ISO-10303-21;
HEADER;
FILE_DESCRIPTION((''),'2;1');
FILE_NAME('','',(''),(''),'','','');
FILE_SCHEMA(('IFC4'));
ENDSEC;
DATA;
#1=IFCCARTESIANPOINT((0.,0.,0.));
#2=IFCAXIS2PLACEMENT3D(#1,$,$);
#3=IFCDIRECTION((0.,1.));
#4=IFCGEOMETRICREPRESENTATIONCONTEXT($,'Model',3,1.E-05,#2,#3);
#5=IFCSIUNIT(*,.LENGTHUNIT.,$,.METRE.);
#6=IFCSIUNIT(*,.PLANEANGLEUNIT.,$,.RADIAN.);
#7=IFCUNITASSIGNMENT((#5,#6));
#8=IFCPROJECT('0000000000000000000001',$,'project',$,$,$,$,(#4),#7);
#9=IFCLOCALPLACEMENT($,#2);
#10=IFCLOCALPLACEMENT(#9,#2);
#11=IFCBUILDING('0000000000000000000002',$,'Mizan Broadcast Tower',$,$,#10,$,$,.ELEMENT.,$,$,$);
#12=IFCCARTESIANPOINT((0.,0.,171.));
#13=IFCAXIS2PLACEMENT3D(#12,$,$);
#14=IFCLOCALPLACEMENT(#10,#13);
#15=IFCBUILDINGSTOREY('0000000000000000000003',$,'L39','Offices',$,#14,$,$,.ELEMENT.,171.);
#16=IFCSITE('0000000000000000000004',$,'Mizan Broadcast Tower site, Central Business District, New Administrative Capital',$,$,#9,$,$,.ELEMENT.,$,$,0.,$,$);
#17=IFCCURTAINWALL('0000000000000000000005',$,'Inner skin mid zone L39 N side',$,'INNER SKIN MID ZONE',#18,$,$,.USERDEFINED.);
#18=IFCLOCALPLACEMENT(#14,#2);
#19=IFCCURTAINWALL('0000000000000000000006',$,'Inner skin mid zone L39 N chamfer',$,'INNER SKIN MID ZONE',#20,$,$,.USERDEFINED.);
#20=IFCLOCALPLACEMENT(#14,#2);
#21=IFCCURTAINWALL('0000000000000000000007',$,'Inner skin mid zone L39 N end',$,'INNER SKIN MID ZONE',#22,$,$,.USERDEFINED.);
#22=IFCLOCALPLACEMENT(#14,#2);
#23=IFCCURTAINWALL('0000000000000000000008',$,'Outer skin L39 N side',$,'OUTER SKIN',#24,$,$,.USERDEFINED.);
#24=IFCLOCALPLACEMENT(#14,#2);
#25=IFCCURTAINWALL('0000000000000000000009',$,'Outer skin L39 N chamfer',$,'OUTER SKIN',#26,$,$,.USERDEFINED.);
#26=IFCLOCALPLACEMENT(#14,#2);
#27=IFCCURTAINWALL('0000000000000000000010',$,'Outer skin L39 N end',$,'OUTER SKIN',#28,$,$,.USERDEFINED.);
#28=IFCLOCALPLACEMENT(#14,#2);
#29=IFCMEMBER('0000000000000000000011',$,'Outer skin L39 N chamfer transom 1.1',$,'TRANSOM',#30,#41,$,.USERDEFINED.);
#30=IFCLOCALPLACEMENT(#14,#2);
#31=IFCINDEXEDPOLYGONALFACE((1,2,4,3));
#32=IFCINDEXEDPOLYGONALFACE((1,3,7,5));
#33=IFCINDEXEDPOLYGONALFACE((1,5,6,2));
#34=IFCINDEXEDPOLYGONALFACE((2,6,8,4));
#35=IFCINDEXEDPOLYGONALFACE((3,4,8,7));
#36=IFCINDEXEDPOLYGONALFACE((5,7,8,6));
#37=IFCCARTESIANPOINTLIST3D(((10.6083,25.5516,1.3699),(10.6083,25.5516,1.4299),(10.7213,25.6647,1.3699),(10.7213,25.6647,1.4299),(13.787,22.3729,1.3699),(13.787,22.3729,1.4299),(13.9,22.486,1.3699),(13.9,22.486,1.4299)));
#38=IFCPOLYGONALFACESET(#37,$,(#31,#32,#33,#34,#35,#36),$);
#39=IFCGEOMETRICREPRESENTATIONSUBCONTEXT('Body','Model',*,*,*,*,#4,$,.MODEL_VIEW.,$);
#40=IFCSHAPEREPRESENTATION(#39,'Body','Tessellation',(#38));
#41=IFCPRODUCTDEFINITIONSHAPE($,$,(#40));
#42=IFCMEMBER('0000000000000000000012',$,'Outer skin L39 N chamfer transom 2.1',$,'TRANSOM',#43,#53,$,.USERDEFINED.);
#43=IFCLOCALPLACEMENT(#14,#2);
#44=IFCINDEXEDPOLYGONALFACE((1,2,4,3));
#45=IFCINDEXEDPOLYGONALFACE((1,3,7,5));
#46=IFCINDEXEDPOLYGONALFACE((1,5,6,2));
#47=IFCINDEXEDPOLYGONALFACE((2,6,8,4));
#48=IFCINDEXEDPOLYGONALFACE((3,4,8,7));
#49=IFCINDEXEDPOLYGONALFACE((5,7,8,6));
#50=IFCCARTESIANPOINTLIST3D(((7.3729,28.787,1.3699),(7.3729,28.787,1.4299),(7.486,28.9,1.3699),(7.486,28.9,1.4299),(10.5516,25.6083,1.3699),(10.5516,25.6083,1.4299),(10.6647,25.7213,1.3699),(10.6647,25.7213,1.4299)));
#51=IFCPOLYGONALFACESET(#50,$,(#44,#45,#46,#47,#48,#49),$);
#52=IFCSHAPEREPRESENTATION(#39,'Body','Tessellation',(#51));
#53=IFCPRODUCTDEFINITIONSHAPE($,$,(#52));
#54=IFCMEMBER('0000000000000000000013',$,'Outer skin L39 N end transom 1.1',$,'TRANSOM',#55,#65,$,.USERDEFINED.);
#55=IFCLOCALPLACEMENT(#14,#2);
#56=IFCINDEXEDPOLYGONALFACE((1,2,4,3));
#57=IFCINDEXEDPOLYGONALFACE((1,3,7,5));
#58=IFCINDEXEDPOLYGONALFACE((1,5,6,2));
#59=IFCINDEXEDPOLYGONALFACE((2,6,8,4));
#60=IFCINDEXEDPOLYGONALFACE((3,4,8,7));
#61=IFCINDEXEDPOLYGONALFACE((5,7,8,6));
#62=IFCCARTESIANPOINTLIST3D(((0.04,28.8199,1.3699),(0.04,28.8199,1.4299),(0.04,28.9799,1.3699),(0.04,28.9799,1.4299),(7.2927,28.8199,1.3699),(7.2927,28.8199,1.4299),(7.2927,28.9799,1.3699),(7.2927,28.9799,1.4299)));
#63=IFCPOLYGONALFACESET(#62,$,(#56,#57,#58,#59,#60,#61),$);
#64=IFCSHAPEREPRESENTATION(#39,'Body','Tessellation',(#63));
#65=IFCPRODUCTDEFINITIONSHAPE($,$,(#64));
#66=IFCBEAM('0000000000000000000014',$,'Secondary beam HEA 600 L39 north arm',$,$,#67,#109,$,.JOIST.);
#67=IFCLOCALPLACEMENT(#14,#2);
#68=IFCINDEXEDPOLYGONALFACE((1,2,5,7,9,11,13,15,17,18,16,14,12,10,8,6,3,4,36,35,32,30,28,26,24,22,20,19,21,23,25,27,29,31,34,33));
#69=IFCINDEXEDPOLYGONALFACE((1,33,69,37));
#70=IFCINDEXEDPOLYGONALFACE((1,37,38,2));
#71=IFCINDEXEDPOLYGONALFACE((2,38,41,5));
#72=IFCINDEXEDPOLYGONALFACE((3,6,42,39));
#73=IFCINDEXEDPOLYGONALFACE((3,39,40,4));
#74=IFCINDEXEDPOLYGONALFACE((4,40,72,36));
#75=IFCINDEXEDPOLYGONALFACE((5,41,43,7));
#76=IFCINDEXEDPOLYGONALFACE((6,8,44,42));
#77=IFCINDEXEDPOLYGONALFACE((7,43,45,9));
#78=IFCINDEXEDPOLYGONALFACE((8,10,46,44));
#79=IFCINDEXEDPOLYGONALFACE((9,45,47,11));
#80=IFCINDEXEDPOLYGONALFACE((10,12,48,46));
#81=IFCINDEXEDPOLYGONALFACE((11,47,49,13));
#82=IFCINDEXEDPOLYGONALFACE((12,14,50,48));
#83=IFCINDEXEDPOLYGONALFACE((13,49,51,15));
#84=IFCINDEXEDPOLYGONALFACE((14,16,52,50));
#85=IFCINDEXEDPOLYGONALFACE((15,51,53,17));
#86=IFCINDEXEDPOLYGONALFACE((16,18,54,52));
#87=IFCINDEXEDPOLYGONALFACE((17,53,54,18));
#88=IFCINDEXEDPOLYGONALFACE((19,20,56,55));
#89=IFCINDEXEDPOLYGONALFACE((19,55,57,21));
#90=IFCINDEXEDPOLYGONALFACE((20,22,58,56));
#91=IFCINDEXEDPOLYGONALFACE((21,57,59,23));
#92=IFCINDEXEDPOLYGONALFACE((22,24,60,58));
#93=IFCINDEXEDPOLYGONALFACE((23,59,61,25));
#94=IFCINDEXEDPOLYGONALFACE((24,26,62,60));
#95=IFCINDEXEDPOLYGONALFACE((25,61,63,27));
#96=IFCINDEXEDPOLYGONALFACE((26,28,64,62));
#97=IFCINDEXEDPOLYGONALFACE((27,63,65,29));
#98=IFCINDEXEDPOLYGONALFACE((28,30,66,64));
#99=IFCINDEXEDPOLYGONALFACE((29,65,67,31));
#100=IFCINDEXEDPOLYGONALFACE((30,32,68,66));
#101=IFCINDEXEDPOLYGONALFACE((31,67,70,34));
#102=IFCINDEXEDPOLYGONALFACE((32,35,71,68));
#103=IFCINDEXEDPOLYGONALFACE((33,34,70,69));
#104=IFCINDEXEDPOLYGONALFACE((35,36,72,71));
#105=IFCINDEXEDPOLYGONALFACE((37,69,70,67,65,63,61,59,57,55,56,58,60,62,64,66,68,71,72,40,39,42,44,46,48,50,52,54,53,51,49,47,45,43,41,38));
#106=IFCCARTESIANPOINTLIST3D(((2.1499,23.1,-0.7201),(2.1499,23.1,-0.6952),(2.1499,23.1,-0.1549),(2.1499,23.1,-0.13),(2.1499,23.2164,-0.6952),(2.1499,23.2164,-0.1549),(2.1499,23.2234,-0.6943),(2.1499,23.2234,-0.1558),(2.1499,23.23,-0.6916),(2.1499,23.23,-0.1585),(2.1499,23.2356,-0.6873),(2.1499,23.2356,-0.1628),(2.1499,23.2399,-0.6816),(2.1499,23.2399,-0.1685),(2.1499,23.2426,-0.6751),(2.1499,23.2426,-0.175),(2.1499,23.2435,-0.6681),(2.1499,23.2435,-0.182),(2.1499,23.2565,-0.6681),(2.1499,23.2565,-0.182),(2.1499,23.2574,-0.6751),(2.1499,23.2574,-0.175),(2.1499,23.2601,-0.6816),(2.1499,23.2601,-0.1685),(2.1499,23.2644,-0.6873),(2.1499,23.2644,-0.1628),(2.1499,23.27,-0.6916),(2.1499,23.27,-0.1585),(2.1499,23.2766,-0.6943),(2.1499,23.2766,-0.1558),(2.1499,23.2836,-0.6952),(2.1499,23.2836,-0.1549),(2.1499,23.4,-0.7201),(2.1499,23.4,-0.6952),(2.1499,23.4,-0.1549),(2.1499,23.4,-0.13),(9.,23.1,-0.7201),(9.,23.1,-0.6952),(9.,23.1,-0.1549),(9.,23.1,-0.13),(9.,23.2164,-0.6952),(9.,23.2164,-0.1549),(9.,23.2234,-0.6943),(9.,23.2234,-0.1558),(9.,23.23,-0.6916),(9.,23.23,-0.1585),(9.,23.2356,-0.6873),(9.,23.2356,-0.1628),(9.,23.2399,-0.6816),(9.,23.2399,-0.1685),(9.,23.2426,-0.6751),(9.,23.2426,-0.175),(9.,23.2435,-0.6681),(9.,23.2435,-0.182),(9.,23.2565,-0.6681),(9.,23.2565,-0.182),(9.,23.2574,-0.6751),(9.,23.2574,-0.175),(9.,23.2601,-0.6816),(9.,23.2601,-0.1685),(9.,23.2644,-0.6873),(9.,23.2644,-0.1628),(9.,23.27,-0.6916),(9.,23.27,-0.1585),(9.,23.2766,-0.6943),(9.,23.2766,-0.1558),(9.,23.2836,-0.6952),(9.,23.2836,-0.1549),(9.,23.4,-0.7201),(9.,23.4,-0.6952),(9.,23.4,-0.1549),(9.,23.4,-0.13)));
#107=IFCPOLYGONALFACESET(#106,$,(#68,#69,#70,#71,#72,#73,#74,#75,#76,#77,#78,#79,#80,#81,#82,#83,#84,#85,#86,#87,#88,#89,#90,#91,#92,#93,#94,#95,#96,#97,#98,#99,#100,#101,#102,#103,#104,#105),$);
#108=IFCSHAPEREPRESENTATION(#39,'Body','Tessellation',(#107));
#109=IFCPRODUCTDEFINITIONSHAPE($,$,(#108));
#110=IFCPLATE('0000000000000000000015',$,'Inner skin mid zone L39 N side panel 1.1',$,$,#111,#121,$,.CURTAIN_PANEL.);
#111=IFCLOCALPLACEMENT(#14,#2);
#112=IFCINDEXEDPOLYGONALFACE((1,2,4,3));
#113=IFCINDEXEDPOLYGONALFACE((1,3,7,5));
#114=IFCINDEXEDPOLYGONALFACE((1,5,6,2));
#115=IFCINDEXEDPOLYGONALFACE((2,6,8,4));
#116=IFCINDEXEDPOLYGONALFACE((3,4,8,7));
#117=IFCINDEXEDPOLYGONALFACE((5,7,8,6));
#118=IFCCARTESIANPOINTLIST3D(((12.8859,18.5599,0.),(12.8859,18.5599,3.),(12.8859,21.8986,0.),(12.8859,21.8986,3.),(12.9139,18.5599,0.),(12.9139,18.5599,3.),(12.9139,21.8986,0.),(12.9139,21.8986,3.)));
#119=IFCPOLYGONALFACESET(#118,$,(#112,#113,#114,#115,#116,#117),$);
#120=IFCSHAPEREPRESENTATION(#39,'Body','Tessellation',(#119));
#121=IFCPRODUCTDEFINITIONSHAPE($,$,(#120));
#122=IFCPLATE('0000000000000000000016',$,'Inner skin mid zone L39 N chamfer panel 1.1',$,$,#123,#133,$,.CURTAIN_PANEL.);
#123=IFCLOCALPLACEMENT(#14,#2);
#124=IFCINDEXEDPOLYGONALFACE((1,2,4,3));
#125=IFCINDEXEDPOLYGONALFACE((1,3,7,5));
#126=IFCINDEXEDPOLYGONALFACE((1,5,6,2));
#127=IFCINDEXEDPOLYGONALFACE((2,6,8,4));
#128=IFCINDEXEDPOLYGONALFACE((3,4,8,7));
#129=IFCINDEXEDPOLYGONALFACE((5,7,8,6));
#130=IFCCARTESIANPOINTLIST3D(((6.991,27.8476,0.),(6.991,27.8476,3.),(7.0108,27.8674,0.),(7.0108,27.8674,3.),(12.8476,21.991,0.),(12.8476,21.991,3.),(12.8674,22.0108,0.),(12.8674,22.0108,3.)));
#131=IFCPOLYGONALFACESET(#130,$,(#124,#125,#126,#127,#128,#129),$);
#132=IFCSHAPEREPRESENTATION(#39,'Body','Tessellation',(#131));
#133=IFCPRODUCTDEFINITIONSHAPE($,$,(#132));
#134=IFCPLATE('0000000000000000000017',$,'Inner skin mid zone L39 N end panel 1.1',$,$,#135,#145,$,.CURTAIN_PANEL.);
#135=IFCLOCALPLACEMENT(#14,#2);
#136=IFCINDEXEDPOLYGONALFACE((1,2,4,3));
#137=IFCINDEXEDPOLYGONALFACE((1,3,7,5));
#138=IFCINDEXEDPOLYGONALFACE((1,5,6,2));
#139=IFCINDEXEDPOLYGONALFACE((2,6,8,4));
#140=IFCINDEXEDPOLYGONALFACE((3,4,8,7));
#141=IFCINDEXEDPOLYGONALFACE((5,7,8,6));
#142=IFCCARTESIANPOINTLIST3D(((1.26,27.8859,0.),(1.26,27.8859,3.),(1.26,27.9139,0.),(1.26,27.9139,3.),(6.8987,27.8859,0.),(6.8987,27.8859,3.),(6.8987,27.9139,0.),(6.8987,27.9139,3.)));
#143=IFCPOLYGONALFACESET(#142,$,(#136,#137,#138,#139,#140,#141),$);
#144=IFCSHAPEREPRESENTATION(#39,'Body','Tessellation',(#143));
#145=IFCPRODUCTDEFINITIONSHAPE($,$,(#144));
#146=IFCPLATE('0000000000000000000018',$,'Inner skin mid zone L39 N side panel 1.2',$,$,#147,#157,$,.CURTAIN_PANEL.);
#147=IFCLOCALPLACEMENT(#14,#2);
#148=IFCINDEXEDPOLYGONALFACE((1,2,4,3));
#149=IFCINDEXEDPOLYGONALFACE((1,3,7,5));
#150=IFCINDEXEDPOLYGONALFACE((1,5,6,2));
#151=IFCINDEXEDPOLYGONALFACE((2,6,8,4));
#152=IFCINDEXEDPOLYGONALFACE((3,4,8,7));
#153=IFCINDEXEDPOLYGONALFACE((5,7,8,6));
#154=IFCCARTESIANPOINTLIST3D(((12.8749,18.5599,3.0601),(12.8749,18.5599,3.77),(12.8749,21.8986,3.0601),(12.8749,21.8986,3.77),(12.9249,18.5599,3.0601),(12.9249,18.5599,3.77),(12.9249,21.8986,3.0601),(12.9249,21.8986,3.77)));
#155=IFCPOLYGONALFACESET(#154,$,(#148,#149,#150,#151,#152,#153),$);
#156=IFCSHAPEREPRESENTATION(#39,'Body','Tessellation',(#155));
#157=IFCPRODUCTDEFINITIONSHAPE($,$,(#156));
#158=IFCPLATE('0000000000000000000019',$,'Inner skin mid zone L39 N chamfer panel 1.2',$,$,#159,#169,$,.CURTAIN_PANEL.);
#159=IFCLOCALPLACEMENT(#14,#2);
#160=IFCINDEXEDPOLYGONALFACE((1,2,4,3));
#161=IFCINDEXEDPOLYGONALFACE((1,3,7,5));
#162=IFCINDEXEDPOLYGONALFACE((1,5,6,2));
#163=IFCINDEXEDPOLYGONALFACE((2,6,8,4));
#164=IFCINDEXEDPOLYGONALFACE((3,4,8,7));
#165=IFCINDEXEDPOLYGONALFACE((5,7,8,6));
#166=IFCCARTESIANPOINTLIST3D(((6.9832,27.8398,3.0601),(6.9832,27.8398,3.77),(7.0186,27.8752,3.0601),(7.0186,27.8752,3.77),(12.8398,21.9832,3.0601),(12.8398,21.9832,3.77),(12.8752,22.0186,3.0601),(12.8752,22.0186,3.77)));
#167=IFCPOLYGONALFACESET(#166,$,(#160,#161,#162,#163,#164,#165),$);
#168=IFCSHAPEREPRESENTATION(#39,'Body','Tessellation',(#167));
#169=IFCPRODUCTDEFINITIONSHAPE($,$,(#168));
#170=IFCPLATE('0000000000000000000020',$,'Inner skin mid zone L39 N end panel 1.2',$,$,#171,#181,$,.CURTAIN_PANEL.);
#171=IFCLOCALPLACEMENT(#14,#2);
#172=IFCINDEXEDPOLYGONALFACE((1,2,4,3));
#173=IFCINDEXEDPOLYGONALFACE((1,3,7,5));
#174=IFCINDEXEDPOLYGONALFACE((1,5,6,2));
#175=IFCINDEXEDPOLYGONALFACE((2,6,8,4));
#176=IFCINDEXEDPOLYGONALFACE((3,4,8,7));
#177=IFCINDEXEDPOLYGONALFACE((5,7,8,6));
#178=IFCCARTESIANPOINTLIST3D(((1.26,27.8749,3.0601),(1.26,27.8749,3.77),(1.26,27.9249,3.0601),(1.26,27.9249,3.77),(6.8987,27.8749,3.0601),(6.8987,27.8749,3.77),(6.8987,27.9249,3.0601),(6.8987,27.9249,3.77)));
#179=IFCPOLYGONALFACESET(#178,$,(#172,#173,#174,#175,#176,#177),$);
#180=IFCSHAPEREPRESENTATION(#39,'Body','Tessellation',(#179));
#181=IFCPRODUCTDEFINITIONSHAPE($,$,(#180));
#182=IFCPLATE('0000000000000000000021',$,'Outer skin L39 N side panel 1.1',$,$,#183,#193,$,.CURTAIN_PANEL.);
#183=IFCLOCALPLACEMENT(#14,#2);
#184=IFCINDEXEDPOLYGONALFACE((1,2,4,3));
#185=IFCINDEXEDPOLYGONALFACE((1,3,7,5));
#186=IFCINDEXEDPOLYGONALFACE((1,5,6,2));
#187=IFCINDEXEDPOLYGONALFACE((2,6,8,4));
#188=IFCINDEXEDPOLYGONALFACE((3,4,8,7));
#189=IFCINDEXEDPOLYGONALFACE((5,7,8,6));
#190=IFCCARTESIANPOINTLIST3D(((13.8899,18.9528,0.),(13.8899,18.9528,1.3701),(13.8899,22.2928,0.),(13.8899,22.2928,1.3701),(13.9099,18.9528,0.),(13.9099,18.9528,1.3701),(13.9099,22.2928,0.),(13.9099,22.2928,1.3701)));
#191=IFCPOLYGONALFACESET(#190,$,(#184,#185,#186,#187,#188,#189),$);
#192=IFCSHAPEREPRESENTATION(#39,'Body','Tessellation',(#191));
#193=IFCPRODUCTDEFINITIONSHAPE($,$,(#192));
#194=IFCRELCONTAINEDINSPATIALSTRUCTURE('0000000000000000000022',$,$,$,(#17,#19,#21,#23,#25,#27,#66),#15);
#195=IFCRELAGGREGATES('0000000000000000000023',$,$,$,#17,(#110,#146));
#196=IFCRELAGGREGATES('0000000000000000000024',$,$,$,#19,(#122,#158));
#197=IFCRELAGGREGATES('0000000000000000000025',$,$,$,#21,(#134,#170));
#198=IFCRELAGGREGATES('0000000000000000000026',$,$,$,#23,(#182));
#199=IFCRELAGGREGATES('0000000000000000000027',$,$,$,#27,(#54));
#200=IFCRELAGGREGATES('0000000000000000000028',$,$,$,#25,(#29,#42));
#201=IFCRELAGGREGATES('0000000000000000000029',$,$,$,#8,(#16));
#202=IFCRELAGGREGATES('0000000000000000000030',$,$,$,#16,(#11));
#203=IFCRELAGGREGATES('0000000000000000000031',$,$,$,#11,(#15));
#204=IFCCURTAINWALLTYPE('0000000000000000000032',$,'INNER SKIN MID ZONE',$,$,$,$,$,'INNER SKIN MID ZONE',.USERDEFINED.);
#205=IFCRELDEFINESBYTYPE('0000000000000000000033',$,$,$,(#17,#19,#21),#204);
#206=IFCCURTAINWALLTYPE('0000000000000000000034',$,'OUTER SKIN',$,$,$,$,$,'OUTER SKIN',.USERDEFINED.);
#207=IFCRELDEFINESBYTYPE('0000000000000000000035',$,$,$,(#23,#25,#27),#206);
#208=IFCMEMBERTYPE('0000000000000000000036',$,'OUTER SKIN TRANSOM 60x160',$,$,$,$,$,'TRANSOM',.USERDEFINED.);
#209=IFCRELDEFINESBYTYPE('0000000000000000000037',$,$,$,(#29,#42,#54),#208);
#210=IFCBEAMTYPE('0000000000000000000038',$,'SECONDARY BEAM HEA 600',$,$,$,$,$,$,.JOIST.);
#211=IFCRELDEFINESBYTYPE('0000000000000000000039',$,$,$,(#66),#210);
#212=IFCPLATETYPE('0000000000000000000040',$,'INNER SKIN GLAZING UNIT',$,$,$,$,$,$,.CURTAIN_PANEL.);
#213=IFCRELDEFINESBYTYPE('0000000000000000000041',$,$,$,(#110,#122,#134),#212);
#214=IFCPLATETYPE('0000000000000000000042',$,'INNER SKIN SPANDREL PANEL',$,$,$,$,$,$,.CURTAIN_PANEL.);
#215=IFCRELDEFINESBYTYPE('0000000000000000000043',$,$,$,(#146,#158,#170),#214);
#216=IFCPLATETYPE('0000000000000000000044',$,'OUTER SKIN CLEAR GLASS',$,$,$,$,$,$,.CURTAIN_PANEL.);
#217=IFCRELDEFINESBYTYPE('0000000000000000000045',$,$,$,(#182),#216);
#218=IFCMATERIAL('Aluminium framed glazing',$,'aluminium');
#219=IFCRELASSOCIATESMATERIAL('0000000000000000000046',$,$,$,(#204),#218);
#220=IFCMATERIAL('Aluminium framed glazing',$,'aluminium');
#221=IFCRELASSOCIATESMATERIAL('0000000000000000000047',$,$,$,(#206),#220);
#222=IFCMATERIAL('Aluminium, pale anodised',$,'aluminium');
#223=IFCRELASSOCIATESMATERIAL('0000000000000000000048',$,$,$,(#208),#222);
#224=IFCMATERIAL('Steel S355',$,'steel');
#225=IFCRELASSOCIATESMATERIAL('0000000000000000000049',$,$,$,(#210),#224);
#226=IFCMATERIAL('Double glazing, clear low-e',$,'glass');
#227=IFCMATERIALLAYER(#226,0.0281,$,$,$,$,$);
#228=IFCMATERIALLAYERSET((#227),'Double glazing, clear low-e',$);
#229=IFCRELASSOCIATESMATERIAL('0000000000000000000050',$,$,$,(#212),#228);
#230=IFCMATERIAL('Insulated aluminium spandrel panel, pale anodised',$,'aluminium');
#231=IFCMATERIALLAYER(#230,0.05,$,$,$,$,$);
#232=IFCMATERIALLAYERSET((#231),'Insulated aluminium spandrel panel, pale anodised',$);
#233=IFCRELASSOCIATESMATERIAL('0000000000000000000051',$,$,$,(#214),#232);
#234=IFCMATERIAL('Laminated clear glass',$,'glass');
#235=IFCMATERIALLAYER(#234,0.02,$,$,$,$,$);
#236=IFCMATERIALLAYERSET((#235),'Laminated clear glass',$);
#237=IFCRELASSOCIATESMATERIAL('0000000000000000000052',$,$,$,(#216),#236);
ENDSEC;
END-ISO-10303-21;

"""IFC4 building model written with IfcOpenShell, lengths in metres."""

from ifc_helpers import new_model, si_unit, direction, frame, origin, origin_2d, place, context, subcontext, project, spatial, rectangle, i_section, extrude, material, layer, layer_set, material_profile, profile_set, type_object, element, aggregate, save


model = new_model("IFC4")

# Units and contexts
model_context = context("Model", 3, precision=1e-05, world=origin(), true_north=direction((0.0, 1.0)))
body_context = subcontext(model_context, "Body", "Model", "MODEL_VIEW")
ifc_project = project(units=[si_unit("LENGTHUNIT", "METRE"), si_unit("PLANEANGLEUNIT", "RADIAN")], contexts=[model_context])

# Site, building, storey
site_placement = place(None, origin())
site = spatial("IfcSite", under=ifc_project, at=site_placement, Name="Mizan Broadcast Tower site, Central Business District, New Administrative Capital", CompositionType="ELEMENT", RefElevation=0.0)
building_placement = place(site_placement, origin())
building = spatial("IfcBuilding", under=site, at=building_placement, Name="Mizan Broadcast Tower", CompositionType="ELEMENT")
storey_placement = place(building_placement, frame((0.0, 0.0, 171.0)))
storey = spatial("IfcBuildingStorey", under=building, at=storey_placement, Name="L39", Description="Offices", CompositionType="ELEMENT", Elevation=171.0)

# Curtain walls
ifc_material_1 = material(Name="Aluminium framed glazing", Category="aluminium")
curtain_wall_type_1 = type_object("IfcCurtainWallType", Name="INNER SKIN MID ZONE", ElementType="INNER SKIN MID ZONE", PredefinedType="USERDEFINED", material=ifc_material_1)
curtain_wall_1_placement = place(storey_placement, origin())
curtain_wall_1 = element("IfcCurtainWall", 1, at=curtain_wall_1_placement, inside=storey, type_object=curtain_wall_type_1, Name="Inner skin mid zone L39 N side", ObjectType="INNER SKIN MID ZONE", PredefinedType="USERDEFINED")
curtain_wall_2_placement = place(storey_placement, origin())
curtain_wall_2 = element("IfcCurtainWall", 2, at=curtain_wall_2_placement, inside=storey, type_object=curtain_wall_type_1, Name="Inner skin mid zone L39 N chamfer", ObjectType="INNER SKIN MID ZONE", PredefinedType="USERDEFINED")
curtain_wall_3_placement = place(storey_placement, origin())
curtain_wall_3 = element("IfcCurtainWall", 3, at=curtain_wall_3_placement, inside=storey, type_object=curtain_wall_type_1, Name="Inner skin mid zone L39 N end", ObjectType="INNER SKIN MID ZONE", PredefinedType="USERDEFINED")

# Curtain wall
ifc_material_2 = material(Name="Aluminium framed glazing", Category="aluminium")
curtain_wall_type_2 = type_object("IfcCurtainWallType", Name="OUTER SKIN", ElementType="OUTER SKIN", PredefinedType="USERDEFINED", material=ifc_material_2)
curtain_wall_4_placement = place(storey_placement, origin())
curtain_wall_4 = element("IfcCurtainWall", 4, at=curtain_wall_4_placement, inside=storey, type_object=curtain_wall_type_2, Name="Outer skin L39 N side", ObjectType="OUTER SKIN", PredefinedType="USERDEFINED")

# Curtain wall
curtain_wall_5_placement = place(storey_placement, origin())
curtain_wall_5 = element("IfcCurtainWall", 5, at=curtain_wall_5_placement, inside=storey, type_object=curtain_wall_type_2, Name="Outer skin L39 N chamfer", ObjectType="OUTER SKIN", PredefinedType="USERDEFINED")

# Curtain wall
curtain_wall_6_placement = place(storey_placement, origin())
curtain_wall_6 = element("IfcCurtainWall", 6, at=curtain_wall_6_placement, inside=storey, type_object=curtain_wall_type_2, Name="Outer skin L39 N end", ObjectType="OUTER SKIN", PredefinedType="USERDEFINED")

# Members
ifc_material_3 = material(Name="Aluminium, pale anodised", Category="aluminium")
ifc_material_profile_1 = material_profile(ifc_material_3, rectangle(XDim=0.1599, YDim=0.0601, at=origin_2d()), Name="TRANSOM 160x60")
ifc_profile_set_1 = profile_set([ifc_material_profile_1], Name="Aluminium, pale anodised")
member_type_1 = type_object("IfcMemberType", Name="OUTER SKIN TRANSOM 60x160", ElementType="TRANSOM", PredefinedType="USERDEFINED", material=ifc_profile_set_1)
member_1_placement = place(storey_placement, frame((13.8435, 22.4294, 1.3999), z_axis=(-0.707107, 0.707107, 0.0), x_axis=(-0.707107, -0.707107, 0.0)))
member_1 = element("IfcMember", 7, at=member_1_placement, type_object=member_type_1, Name="Outer skin L39 N chamfer transom 1.1", ObjectType="TRANSOM", PredefinedType="USERDEFINED", context=body_context, shape_type="SweptSolid", body=[
    extrude(rectangle(XDim=0.1599, YDim=0.0601, at=origin_2d()), origin(), (0.0, 0.0, 1.0), 4.4954),
])
member_2_placement = place(storey_placement, frame((10.6082, 25.6648, 1.3999), z_axis=(-0.707107, 0.707107, 0.0), x_axis=(-0.707107, -0.707107, 0.0)))
member_2 = element("IfcMember", 8, at=member_2_placement, type_object=member_type_1, Name="Outer skin L39 N chamfer transom 2.1", ObjectType="TRANSOM", PredefinedType="USERDEFINED", context=body_context, shape_type="SweptSolid", body=[
    extrude(rectangle(XDim=0.1599, YDim=0.0601, at=origin_2d()), origin(), (0.0, 0.0, 1.0), 4.4954),
])
member_3_placement = place(storey_placement, frame((7.2927, 28.8999, 1.3999), z_axis=(-1.0, 0.0, 0.0), x_axis=(0.0, -1.0, 0.0)))
member_3 = element("IfcMember", 9, at=member_3_placement, type_object=member_type_1, Name="Outer skin L39 N end transom 1.1", ObjectType="TRANSOM", PredefinedType="USERDEFINED", context=body_context, shape_type="SweptSolid", body=[
    extrude(rectangle(XDim=0.1599, YDim=0.0601, at=origin_2d()), origin(), (0.0, 0.0, 1.0), 7.2527),
])

# Beam
ifc_material_4 = material(Name="Steel S355", Category="steel")
ifc_material_profile_2 = material_profile(ifc_material_4, i_section(OverallWidth=0.3, OverallDepth=0.5901, WebThickness=0.0129, FlangeThickness=0.0249, FilletRadius=0.0271, at=origin_2d()), Name="HEA 600")
ifc_profile_set_2 = profile_set([ifc_material_profile_2], Name="Steel S355")
beam_type_1 = type_object("IfcBeamType", Name="SECONDARY BEAM HEA 600", PredefinedType="JOIST", material=ifc_profile_set_2)
beam_1_placement = place(storey_placement, frame((9.0, 23.25, -0.425), z_axis=(-1.0, 0.0, 0.0), x_axis=(0.0, -1.0, 0.0)))
element("IfcBeam", 10, at=beam_1_placement, inside=storey, type_object=beam_type_1, Name="Secondary beam HEA 600 L39 north arm", PredefinedType="JOIST", context=body_context, shape_type="SweptSolid", body=[
    extrude(i_section(OverallWidth=0.3, OverallDepth=0.5901, WebThickness=0.0129, FlangeThickness=0.0249, FilletRadius=0.0271, at=origin_2d()), origin(), (0.0, 0.0, 1.0), 6.8501),
])

# Plates
ifc_material_5 = material(Name="Double glazing, clear low-e", Category="glass")
ifc_layer_1 = layer(ifc_material_5, 0.0281)
ifc_layer_set_1 = layer_set([ifc_layer_1], Name="Double glazing, clear low-e")
plate_type_1 = type_object("IfcPlateType", Name="INNER SKIN GLAZING UNIT", PredefinedType="CURTAIN_PANEL", material=ifc_layer_set_1)
plate_1_placement = place(storey_placement, frame((12.8999, 20.2292, 0.0), z_axis=(0.0, 0.0, 1.0), x_axis=(0.0, 1.0, 0.0)))
plate_1 = element("IfcPlate", 11, at=plate_1_placement, type_object=plate_type_1, Name="Inner skin mid zone L39 N side panel 1.1", PredefinedType="CURTAIN_PANEL", context=body_context, shape_type="SweptSolid", body=[
    extrude(rectangle(XDim=3.3386, YDim=0.0281, at=origin_2d()), origin(), (0.0, 0.0, 1.0), 3.0),
])
plate_2_placement = place(storey_placement, frame((9.9292, 24.9292, 0.0), z_axis=(0.0, 0.0, 1.0), x_axis=(-0.707107, 0.707107, 0.0)))
plate_2 = element("IfcPlate", 12, at=plate_2_placement, type_object=plate_type_1, Name="Inner skin mid zone L39 N chamfer panel 1.1", PredefinedType="CURTAIN_PANEL", context=body_context, shape_type="SweptSolid", body=[
    extrude(rectangle(XDim=8.2825, YDim=0.0281, at=origin_2d()), origin(), (0.0, 0.0, 1.0), 3.0),
])
plate_3_placement = place(storey_placement, frame((4.0793, 27.8999, 0.0), z_axis=(0.0, 0.0, 1.0), x_axis=(-1.0, 0.0, 0.0)))
plate_3 = element("IfcPlate", 13, at=plate_3_placement, type_object=plate_type_1, Name="Inner skin mid zone L39 N end panel 1.1", PredefinedType="CURTAIN_PANEL", context=body_context, shape_type="SweptSolid", body=[
    extrude(rectangle(XDim=5.6387, YDim=0.0281, at=origin_2d()), origin(), (0.0, 0.0, 1.0), 3.0),
])
ifc_material_6 = material(Name="Insulated aluminium spandrel panel, pale anodised", Category="aluminium")
ifc_layer_2 = layer(ifc_material_6, 0.05)
ifc_layer_set_2 = layer_set([ifc_layer_2], Name="Insulated aluminium spandrel panel, pale anodised")
plate_type_2 = type_object("IfcPlateType", Name="INNER SKIN SPANDREL PANEL", PredefinedType="CURTAIN_PANEL", material=ifc_layer_set_2)
plate_4_placement = place(storey_placement, frame((12.8999, 20.2292, 3.0601), z_axis=(0.0, 0.0, 1.0), x_axis=(0.0, 1.0, 0.0)))
plate_4 = element("IfcPlate", 14, at=plate_4_placement, type_object=plate_type_2, Name="Inner skin mid zone L39 N side panel 1.2", PredefinedType="CURTAIN_PANEL", context=body_context, shape_type="SweptSolid", body=[
    extrude(rectangle(XDim=3.3386, YDim=0.05, at=origin_2d()), origin(), (0.0, 0.0, 1.0), 0.71),
])
aggregate(curtain_wall_1, [plate_1, plate_4])
plate_5_placement = place(storey_placement, frame((9.9292, 24.9292, 3.0601), z_axis=(0.0, 0.0, 1.0), x_axis=(-0.707107, 0.707107, 0.0)))
plate_5 = element("IfcPlate", 15, at=plate_5_placement, type_object=plate_type_2, Name="Inner skin mid zone L39 N chamfer panel 1.2", PredefinedType="CURTAIN_PANEL", context=body_context, shape_type="SweptSolid", body=[
    extrude(rectangle(XDim=8.2825, YDim=0.05, at=origin_2d()), origin(), (0.0, 0.0, 1.0), 0.71),
])
aggregate(curtain_wall_2, [plate_2, plate_5])
plate_6_placement = place(storey_placement, frame((4.0793, 27.8999, 3.0601), z_axis=(0.0, 0.0, 1.0), x_axis=(-1.0, 0.0, 0.0)))
plate_6 = element("IfcPlate", 16, at=plate_6_placement, type_object=plate_type_2, Name="Inner skin mid zone L39 N end panel 1.2", PredefinedType="CURTAIN_PANEL", context=body_context, shape_type="SweptSolid", body=[
    extrude(rectangle(XDim=5.6387, YDim=0.05, at=origin_2d()), origin(), (0.0, 0.0, 1.0), 0.71),
])
aggregate(curtain_wall_3, [plate_3, plate_6])
ifc_material_7 = material(Name="Laminated clear glass", Category="glass")
ifc_layer_3 = layer(ifc_material_7, 0.02)
ifc_layer_set_3 = layer_set([ifc_layer_3], Name="Laminated clear glass")
plate_type_3 = type_object("IfcPlateType", Name="OUTER SKIN CLEAR GLASS", PredefinedType="CURTAIN_PANEL", material=ifc_layer_set_3)
plate_7_placement = place(storey_placement, frame((13.8999, 20.6228, 0.0), z_axis=(0.0, 0.0, 1.0), x_axis=(0.0, 1.0, 0.0)))
plate_7 = element("IfcPlate", 17, at=plate_7_placement, type_object=plate_type_3, Name="Outer skin L39 N side panel 1.1", PredefinedType="CURTAIN_PANEL", context=body_context, shape_type="SweptSolid", body=[
    extrude(rectangle(XDim=3.3401, YDim=0.02, at=origin_2d()), origin(), (0.0, 0.0, 1.0), 1.3701),
])
aggregate(curtain_wall_4, [plate_7])
aggregate(curtain_wall_6, [member_3])
aggregate(curtain_wall_5, [member_1, member_2])

save(model, "model.ifc")
